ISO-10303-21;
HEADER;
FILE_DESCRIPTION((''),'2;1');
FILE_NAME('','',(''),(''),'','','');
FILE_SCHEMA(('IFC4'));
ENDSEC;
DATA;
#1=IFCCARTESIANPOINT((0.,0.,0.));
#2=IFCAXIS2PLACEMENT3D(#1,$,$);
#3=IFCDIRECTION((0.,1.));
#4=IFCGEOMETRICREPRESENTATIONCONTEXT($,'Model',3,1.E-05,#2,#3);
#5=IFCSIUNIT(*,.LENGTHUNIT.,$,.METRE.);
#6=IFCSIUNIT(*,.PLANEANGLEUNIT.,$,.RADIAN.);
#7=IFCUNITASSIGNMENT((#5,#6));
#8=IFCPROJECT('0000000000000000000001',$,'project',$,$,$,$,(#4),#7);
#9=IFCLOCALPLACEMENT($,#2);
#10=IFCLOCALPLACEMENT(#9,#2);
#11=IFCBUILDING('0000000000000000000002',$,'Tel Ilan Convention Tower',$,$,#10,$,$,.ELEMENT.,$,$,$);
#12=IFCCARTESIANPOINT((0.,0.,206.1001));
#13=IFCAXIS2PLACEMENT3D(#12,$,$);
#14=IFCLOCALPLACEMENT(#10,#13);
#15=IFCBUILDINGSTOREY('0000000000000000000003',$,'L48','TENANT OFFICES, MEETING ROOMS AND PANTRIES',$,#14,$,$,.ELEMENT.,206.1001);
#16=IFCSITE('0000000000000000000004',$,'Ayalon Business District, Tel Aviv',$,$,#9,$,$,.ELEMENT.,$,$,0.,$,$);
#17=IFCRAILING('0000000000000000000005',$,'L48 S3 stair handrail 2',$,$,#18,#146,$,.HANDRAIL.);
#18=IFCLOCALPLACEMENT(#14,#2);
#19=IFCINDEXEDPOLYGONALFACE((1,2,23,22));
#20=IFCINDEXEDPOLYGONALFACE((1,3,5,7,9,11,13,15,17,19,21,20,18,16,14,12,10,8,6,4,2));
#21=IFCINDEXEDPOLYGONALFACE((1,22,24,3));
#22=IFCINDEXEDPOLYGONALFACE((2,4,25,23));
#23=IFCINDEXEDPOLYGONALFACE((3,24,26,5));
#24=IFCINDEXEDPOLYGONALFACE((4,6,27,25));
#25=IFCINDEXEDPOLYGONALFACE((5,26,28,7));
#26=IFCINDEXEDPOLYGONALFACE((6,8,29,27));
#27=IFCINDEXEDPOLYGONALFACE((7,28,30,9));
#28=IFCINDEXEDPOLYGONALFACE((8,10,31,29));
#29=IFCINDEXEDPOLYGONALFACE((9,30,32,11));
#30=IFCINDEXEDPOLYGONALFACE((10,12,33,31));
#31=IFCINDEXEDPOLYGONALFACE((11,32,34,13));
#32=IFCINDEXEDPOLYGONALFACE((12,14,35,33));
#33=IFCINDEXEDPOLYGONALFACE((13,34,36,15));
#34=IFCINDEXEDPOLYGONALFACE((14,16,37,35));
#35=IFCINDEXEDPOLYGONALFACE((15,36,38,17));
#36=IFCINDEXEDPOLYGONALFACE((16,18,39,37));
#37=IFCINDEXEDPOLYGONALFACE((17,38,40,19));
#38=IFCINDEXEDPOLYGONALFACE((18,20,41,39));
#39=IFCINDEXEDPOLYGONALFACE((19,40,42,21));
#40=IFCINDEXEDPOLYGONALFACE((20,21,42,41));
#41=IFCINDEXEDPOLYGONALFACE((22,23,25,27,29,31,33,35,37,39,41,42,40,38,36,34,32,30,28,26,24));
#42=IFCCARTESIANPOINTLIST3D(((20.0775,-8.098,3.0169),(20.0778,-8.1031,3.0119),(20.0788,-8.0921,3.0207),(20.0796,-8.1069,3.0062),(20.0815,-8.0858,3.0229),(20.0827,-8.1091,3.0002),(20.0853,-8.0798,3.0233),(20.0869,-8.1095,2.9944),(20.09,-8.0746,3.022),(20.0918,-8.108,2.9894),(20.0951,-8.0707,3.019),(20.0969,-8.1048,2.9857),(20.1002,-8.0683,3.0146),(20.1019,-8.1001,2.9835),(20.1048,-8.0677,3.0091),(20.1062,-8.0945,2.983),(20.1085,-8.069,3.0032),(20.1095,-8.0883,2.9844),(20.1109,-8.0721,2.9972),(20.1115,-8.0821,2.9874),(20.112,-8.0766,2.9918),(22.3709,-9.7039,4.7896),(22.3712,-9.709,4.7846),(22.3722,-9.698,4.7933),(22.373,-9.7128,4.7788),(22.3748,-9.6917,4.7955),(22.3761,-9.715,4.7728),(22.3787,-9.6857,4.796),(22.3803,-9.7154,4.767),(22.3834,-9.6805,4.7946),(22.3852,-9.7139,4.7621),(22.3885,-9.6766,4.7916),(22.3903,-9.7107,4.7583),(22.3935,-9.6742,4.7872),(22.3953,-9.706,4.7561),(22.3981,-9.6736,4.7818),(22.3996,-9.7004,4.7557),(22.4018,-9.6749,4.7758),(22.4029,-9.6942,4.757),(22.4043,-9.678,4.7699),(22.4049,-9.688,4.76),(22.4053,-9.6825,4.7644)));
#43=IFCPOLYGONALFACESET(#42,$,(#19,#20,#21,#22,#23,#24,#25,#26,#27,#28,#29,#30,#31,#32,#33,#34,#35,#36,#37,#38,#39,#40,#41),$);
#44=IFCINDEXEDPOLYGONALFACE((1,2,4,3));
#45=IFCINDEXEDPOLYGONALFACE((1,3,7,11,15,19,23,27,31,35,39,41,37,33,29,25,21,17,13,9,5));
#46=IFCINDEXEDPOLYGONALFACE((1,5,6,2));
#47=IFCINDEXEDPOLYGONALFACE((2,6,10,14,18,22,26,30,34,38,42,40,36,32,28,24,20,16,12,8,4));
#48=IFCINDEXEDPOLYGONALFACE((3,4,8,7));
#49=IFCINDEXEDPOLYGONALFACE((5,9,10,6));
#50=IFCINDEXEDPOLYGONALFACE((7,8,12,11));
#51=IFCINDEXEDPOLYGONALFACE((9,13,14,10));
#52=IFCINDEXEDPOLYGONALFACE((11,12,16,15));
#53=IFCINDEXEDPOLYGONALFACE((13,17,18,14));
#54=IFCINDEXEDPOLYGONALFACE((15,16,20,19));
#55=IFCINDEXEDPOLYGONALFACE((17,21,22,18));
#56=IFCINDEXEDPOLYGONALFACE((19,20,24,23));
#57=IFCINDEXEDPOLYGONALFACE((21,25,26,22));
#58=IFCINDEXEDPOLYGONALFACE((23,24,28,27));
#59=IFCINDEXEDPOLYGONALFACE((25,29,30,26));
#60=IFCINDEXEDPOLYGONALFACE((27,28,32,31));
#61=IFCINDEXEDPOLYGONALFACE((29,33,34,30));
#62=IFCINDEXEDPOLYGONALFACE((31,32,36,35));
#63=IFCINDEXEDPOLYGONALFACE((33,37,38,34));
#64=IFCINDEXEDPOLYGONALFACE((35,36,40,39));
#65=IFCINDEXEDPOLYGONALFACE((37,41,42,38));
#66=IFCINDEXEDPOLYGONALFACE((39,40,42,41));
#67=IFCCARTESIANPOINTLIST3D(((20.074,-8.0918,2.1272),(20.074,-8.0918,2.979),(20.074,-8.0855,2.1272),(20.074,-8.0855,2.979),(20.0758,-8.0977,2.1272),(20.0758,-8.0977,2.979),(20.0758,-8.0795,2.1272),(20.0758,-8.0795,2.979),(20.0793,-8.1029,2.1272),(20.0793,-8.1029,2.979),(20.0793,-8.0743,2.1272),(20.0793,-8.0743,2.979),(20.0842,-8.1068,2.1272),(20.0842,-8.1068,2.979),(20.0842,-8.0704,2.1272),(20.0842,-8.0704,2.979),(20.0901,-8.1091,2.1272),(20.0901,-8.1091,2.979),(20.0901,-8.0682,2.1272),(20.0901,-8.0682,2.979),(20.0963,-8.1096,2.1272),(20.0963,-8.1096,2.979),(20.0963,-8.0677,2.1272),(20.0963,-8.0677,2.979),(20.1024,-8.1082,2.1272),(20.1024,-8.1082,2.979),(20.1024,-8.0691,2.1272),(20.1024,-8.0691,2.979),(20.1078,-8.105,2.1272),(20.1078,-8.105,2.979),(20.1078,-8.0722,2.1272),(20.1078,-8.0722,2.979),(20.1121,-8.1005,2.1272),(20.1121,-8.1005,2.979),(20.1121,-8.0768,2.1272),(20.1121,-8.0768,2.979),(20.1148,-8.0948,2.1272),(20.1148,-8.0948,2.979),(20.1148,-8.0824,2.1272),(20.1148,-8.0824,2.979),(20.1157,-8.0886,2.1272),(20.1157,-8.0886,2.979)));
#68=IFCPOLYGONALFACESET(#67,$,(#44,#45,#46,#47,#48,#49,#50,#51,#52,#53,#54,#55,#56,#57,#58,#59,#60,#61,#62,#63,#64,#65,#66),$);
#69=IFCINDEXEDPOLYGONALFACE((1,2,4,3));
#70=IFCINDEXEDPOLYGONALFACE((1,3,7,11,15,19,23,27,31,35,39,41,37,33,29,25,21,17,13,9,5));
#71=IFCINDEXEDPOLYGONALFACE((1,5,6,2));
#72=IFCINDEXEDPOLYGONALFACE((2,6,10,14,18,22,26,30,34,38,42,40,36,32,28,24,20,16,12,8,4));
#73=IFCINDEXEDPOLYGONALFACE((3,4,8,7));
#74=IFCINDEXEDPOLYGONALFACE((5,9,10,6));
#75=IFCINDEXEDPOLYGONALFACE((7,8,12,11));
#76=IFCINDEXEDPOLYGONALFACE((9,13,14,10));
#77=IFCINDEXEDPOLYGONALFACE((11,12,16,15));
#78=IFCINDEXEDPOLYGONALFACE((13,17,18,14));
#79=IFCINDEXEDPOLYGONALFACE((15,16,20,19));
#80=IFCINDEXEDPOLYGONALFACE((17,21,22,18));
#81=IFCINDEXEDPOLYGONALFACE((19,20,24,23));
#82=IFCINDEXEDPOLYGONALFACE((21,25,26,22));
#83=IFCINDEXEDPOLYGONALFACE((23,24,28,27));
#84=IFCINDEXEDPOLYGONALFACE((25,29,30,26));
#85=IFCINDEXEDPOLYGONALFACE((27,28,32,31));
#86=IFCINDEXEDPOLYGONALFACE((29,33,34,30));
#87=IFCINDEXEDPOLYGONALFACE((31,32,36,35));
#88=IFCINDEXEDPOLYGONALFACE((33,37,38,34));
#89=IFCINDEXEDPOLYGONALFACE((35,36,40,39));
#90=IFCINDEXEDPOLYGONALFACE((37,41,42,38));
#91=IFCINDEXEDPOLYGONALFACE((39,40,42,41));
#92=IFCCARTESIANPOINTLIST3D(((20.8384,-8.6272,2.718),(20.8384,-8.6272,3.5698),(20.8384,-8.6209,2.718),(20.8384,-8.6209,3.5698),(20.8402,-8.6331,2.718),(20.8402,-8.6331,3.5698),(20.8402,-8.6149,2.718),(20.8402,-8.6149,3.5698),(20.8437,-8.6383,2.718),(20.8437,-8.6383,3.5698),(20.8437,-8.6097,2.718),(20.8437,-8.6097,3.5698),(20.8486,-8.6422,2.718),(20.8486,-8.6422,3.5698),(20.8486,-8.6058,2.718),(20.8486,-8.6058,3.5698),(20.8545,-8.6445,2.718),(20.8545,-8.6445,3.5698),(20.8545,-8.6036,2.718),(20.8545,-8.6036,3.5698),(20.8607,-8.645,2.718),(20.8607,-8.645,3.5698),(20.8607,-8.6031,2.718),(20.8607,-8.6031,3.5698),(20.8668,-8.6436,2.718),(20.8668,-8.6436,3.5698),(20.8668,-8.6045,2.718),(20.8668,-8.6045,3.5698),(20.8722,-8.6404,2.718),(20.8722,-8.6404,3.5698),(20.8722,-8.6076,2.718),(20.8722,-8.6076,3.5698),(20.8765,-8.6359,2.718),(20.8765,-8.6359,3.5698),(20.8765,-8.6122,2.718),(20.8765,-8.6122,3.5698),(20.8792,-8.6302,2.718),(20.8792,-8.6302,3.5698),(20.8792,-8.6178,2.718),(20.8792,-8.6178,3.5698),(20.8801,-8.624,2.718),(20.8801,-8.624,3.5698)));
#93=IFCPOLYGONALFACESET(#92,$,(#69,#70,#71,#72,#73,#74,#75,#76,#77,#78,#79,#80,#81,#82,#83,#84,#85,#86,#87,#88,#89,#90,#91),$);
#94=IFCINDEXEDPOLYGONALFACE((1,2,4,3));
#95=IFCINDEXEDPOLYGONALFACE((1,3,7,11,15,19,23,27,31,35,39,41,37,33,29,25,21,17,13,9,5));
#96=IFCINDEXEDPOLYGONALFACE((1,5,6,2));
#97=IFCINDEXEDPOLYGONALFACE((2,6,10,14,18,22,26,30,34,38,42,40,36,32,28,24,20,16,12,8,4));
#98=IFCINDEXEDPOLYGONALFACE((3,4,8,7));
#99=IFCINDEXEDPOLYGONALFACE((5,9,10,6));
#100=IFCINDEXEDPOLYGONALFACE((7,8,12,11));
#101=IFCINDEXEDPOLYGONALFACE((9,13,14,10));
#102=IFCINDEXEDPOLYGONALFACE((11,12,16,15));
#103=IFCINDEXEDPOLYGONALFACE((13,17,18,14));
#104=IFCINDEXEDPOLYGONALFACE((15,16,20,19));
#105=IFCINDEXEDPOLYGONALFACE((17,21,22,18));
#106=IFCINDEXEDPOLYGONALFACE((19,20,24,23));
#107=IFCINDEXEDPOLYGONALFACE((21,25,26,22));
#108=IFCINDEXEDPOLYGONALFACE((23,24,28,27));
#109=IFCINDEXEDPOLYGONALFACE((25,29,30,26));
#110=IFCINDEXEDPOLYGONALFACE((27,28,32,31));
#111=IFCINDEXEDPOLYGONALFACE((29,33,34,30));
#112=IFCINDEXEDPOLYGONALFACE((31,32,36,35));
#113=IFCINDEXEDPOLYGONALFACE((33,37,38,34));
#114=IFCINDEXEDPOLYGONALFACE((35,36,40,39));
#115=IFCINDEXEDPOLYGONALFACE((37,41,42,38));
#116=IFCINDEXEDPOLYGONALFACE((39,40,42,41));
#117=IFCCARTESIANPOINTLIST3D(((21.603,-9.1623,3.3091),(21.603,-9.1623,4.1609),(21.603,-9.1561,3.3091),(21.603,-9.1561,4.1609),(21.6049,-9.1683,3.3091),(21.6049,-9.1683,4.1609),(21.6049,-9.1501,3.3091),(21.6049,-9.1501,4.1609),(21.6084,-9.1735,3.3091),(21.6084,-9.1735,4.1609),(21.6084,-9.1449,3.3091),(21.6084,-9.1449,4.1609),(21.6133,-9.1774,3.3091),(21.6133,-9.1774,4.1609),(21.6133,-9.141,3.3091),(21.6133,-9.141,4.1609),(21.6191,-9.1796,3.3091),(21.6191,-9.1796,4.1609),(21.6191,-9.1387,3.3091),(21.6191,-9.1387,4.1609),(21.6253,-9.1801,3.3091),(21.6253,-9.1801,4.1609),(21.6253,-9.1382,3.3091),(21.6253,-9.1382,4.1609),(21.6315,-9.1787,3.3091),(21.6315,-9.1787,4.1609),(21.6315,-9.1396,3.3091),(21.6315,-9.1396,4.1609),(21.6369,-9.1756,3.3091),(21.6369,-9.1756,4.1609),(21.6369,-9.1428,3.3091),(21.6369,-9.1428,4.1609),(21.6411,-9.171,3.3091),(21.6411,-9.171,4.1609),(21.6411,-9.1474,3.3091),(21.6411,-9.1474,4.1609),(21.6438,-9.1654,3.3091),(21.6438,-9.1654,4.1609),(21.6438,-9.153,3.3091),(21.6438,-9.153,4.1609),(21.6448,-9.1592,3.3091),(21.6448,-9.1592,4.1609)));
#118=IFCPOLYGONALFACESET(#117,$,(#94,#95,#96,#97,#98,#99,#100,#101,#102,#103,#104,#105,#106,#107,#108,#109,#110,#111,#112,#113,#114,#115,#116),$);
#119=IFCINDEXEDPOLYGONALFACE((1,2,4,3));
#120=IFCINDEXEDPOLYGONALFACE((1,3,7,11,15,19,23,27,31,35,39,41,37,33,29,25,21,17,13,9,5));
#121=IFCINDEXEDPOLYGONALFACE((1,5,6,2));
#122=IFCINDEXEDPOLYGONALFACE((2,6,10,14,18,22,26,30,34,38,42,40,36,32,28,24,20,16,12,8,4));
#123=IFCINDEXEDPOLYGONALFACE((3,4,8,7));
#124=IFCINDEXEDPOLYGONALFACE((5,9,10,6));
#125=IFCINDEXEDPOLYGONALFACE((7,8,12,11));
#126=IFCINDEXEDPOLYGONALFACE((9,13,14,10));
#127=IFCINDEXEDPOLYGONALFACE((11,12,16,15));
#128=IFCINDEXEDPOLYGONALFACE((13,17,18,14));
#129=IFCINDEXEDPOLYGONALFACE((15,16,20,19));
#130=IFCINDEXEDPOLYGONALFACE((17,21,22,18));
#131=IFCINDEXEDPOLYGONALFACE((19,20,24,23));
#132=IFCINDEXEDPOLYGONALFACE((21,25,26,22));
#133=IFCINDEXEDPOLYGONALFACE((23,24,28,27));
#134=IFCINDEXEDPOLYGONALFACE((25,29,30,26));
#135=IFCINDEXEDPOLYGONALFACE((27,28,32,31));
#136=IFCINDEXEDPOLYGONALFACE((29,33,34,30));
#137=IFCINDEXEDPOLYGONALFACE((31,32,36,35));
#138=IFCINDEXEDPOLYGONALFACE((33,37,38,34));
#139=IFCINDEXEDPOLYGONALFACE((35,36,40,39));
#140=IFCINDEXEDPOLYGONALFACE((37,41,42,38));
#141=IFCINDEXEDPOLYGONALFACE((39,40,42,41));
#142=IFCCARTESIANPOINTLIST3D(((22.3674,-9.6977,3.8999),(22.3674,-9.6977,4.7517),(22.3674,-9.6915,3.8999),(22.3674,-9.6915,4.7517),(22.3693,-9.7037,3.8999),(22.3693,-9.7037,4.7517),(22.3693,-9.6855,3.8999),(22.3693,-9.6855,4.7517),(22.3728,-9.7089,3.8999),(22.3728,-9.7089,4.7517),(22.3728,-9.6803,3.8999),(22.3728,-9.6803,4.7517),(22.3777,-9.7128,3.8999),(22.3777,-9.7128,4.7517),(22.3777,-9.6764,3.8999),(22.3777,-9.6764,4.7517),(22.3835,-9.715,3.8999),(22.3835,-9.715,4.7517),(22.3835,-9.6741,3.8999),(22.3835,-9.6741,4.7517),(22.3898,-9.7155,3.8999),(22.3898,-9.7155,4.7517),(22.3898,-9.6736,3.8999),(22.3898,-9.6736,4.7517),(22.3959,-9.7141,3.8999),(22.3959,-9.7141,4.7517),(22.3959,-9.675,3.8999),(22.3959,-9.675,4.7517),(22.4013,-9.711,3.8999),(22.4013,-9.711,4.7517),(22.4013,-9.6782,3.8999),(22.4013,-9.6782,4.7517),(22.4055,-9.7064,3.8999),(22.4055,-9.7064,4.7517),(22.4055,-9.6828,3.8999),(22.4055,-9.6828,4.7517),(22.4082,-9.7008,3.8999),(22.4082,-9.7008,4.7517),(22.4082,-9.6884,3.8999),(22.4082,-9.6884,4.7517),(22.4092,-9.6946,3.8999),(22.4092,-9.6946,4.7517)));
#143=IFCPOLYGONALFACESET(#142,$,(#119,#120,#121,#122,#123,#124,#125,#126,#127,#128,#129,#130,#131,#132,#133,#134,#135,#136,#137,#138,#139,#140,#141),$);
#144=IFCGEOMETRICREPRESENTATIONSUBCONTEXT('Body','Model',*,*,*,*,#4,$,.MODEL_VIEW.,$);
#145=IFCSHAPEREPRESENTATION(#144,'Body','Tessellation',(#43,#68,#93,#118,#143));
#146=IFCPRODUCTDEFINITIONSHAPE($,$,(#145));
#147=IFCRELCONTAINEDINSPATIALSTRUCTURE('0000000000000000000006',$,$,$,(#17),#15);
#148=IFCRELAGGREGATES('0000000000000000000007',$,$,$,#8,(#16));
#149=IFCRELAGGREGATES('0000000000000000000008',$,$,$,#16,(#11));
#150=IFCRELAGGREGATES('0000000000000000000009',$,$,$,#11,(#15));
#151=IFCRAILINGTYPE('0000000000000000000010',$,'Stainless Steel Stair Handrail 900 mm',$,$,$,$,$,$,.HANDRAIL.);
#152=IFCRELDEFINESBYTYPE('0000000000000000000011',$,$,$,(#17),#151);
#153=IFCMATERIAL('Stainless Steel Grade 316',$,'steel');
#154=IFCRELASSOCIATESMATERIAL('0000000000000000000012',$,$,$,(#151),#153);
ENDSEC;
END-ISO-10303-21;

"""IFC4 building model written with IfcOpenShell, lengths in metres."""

from ifc_helpers import new_model, si_unit, direction, frame, origin, origin_2d, place, context, subcontext, project, spatial, circle, extrude, material, type_object, element, save


model = new_model("IFC4")

# Units and contexts
model_context = context("Model", 3, precision=1e-05, world=origin(), true_north=direction((0.0, 1.0)))
body_context = subcontext(model_context, "Body", "Model", "MODEL_VIEW")
ifc_project = project(units=[si_unit("LENGTHUNIT", "METRE"), si_unit("PLANEANGLEUNIT", "RADIAN")], contexts=[model_context])

# Site, building, storey
site_placement = place(None, origin())
site = spatial("IfcSite", under=ifc_project, at=site_placement, Name="Ayalon Business District, Tel Aviv", CompositionType="ELEMENT", RefElevation=0.0)
building_placement = place(site_placement, origin())
building = spatial("IfcBuilding", under=site, at=building_placement, Name="Tel Ilan Convention Tower", CompositionType="ELEMENT")
storey_placement = place(building_placement, frame((0.0, 0.0, 206.1001)))
storey = spatial("IfcBuildingStorey", under=building, at=storey_placement, Name="L48", Description="TENANT OFFICES, MEETING ROOMS AND PANTRIES", CompositionType="ELEMENT", Elevation=206.1001)

# Railing
ifc_material_1 = material(Name="Stainless Steel Grade 316", Category="steel")
railing_type_1 = type_object("IfcRailingType", Name="Stainless Steel Stair Handrail 900 mm", PredefinedType="HANDRAIL", material=ifc_material_1)
railing_1_placement = place(storey_placement, frame((20.0947, -8.0886, 2.1272)))
element("IfcRailing", 1, at=railing_1_placement, inside=storey, type_object=railing_type_1, Name="L48 S3 stair handrail 2", PredefinedType="HANDRAIL", context=body_context, shape_type="SweptSolid", body=[
    extrude(circle(Radius=0.0239, at=origin_2d()), frame((0.0, 0.0, 0.876), z_axis=(0.692085, -0.484621, 0.53494), x_axis=(0.573591, 0.819142, 0.0)), (0.0, 0.0, 1.0), 3.3137),
    extrude(circle(Radius=0.021, at=origin_2d()), origin(), (0.0, 0.0, 1.0), 0.8518),
    extrude(circle(Radius=0.021, at=origin_2d()), frame((0.7644, -0.5354, 0.5908)), (0.0, 0.0, 1.0), 0.8518),
    extrude(circle(Radius=0.021, at=origin_2d()), frame((1.5291, -1.0706, 1.1819)), (0.0, 0.0, 1.0), 0.8518),
    extrude(circle(Radius=0.021, at=origin_2d()), frame((2.2935, -1.606, 1.7727)), (0.0, 0.0, 1.0), 0.8518),
])

save(model, "model.ifc")
